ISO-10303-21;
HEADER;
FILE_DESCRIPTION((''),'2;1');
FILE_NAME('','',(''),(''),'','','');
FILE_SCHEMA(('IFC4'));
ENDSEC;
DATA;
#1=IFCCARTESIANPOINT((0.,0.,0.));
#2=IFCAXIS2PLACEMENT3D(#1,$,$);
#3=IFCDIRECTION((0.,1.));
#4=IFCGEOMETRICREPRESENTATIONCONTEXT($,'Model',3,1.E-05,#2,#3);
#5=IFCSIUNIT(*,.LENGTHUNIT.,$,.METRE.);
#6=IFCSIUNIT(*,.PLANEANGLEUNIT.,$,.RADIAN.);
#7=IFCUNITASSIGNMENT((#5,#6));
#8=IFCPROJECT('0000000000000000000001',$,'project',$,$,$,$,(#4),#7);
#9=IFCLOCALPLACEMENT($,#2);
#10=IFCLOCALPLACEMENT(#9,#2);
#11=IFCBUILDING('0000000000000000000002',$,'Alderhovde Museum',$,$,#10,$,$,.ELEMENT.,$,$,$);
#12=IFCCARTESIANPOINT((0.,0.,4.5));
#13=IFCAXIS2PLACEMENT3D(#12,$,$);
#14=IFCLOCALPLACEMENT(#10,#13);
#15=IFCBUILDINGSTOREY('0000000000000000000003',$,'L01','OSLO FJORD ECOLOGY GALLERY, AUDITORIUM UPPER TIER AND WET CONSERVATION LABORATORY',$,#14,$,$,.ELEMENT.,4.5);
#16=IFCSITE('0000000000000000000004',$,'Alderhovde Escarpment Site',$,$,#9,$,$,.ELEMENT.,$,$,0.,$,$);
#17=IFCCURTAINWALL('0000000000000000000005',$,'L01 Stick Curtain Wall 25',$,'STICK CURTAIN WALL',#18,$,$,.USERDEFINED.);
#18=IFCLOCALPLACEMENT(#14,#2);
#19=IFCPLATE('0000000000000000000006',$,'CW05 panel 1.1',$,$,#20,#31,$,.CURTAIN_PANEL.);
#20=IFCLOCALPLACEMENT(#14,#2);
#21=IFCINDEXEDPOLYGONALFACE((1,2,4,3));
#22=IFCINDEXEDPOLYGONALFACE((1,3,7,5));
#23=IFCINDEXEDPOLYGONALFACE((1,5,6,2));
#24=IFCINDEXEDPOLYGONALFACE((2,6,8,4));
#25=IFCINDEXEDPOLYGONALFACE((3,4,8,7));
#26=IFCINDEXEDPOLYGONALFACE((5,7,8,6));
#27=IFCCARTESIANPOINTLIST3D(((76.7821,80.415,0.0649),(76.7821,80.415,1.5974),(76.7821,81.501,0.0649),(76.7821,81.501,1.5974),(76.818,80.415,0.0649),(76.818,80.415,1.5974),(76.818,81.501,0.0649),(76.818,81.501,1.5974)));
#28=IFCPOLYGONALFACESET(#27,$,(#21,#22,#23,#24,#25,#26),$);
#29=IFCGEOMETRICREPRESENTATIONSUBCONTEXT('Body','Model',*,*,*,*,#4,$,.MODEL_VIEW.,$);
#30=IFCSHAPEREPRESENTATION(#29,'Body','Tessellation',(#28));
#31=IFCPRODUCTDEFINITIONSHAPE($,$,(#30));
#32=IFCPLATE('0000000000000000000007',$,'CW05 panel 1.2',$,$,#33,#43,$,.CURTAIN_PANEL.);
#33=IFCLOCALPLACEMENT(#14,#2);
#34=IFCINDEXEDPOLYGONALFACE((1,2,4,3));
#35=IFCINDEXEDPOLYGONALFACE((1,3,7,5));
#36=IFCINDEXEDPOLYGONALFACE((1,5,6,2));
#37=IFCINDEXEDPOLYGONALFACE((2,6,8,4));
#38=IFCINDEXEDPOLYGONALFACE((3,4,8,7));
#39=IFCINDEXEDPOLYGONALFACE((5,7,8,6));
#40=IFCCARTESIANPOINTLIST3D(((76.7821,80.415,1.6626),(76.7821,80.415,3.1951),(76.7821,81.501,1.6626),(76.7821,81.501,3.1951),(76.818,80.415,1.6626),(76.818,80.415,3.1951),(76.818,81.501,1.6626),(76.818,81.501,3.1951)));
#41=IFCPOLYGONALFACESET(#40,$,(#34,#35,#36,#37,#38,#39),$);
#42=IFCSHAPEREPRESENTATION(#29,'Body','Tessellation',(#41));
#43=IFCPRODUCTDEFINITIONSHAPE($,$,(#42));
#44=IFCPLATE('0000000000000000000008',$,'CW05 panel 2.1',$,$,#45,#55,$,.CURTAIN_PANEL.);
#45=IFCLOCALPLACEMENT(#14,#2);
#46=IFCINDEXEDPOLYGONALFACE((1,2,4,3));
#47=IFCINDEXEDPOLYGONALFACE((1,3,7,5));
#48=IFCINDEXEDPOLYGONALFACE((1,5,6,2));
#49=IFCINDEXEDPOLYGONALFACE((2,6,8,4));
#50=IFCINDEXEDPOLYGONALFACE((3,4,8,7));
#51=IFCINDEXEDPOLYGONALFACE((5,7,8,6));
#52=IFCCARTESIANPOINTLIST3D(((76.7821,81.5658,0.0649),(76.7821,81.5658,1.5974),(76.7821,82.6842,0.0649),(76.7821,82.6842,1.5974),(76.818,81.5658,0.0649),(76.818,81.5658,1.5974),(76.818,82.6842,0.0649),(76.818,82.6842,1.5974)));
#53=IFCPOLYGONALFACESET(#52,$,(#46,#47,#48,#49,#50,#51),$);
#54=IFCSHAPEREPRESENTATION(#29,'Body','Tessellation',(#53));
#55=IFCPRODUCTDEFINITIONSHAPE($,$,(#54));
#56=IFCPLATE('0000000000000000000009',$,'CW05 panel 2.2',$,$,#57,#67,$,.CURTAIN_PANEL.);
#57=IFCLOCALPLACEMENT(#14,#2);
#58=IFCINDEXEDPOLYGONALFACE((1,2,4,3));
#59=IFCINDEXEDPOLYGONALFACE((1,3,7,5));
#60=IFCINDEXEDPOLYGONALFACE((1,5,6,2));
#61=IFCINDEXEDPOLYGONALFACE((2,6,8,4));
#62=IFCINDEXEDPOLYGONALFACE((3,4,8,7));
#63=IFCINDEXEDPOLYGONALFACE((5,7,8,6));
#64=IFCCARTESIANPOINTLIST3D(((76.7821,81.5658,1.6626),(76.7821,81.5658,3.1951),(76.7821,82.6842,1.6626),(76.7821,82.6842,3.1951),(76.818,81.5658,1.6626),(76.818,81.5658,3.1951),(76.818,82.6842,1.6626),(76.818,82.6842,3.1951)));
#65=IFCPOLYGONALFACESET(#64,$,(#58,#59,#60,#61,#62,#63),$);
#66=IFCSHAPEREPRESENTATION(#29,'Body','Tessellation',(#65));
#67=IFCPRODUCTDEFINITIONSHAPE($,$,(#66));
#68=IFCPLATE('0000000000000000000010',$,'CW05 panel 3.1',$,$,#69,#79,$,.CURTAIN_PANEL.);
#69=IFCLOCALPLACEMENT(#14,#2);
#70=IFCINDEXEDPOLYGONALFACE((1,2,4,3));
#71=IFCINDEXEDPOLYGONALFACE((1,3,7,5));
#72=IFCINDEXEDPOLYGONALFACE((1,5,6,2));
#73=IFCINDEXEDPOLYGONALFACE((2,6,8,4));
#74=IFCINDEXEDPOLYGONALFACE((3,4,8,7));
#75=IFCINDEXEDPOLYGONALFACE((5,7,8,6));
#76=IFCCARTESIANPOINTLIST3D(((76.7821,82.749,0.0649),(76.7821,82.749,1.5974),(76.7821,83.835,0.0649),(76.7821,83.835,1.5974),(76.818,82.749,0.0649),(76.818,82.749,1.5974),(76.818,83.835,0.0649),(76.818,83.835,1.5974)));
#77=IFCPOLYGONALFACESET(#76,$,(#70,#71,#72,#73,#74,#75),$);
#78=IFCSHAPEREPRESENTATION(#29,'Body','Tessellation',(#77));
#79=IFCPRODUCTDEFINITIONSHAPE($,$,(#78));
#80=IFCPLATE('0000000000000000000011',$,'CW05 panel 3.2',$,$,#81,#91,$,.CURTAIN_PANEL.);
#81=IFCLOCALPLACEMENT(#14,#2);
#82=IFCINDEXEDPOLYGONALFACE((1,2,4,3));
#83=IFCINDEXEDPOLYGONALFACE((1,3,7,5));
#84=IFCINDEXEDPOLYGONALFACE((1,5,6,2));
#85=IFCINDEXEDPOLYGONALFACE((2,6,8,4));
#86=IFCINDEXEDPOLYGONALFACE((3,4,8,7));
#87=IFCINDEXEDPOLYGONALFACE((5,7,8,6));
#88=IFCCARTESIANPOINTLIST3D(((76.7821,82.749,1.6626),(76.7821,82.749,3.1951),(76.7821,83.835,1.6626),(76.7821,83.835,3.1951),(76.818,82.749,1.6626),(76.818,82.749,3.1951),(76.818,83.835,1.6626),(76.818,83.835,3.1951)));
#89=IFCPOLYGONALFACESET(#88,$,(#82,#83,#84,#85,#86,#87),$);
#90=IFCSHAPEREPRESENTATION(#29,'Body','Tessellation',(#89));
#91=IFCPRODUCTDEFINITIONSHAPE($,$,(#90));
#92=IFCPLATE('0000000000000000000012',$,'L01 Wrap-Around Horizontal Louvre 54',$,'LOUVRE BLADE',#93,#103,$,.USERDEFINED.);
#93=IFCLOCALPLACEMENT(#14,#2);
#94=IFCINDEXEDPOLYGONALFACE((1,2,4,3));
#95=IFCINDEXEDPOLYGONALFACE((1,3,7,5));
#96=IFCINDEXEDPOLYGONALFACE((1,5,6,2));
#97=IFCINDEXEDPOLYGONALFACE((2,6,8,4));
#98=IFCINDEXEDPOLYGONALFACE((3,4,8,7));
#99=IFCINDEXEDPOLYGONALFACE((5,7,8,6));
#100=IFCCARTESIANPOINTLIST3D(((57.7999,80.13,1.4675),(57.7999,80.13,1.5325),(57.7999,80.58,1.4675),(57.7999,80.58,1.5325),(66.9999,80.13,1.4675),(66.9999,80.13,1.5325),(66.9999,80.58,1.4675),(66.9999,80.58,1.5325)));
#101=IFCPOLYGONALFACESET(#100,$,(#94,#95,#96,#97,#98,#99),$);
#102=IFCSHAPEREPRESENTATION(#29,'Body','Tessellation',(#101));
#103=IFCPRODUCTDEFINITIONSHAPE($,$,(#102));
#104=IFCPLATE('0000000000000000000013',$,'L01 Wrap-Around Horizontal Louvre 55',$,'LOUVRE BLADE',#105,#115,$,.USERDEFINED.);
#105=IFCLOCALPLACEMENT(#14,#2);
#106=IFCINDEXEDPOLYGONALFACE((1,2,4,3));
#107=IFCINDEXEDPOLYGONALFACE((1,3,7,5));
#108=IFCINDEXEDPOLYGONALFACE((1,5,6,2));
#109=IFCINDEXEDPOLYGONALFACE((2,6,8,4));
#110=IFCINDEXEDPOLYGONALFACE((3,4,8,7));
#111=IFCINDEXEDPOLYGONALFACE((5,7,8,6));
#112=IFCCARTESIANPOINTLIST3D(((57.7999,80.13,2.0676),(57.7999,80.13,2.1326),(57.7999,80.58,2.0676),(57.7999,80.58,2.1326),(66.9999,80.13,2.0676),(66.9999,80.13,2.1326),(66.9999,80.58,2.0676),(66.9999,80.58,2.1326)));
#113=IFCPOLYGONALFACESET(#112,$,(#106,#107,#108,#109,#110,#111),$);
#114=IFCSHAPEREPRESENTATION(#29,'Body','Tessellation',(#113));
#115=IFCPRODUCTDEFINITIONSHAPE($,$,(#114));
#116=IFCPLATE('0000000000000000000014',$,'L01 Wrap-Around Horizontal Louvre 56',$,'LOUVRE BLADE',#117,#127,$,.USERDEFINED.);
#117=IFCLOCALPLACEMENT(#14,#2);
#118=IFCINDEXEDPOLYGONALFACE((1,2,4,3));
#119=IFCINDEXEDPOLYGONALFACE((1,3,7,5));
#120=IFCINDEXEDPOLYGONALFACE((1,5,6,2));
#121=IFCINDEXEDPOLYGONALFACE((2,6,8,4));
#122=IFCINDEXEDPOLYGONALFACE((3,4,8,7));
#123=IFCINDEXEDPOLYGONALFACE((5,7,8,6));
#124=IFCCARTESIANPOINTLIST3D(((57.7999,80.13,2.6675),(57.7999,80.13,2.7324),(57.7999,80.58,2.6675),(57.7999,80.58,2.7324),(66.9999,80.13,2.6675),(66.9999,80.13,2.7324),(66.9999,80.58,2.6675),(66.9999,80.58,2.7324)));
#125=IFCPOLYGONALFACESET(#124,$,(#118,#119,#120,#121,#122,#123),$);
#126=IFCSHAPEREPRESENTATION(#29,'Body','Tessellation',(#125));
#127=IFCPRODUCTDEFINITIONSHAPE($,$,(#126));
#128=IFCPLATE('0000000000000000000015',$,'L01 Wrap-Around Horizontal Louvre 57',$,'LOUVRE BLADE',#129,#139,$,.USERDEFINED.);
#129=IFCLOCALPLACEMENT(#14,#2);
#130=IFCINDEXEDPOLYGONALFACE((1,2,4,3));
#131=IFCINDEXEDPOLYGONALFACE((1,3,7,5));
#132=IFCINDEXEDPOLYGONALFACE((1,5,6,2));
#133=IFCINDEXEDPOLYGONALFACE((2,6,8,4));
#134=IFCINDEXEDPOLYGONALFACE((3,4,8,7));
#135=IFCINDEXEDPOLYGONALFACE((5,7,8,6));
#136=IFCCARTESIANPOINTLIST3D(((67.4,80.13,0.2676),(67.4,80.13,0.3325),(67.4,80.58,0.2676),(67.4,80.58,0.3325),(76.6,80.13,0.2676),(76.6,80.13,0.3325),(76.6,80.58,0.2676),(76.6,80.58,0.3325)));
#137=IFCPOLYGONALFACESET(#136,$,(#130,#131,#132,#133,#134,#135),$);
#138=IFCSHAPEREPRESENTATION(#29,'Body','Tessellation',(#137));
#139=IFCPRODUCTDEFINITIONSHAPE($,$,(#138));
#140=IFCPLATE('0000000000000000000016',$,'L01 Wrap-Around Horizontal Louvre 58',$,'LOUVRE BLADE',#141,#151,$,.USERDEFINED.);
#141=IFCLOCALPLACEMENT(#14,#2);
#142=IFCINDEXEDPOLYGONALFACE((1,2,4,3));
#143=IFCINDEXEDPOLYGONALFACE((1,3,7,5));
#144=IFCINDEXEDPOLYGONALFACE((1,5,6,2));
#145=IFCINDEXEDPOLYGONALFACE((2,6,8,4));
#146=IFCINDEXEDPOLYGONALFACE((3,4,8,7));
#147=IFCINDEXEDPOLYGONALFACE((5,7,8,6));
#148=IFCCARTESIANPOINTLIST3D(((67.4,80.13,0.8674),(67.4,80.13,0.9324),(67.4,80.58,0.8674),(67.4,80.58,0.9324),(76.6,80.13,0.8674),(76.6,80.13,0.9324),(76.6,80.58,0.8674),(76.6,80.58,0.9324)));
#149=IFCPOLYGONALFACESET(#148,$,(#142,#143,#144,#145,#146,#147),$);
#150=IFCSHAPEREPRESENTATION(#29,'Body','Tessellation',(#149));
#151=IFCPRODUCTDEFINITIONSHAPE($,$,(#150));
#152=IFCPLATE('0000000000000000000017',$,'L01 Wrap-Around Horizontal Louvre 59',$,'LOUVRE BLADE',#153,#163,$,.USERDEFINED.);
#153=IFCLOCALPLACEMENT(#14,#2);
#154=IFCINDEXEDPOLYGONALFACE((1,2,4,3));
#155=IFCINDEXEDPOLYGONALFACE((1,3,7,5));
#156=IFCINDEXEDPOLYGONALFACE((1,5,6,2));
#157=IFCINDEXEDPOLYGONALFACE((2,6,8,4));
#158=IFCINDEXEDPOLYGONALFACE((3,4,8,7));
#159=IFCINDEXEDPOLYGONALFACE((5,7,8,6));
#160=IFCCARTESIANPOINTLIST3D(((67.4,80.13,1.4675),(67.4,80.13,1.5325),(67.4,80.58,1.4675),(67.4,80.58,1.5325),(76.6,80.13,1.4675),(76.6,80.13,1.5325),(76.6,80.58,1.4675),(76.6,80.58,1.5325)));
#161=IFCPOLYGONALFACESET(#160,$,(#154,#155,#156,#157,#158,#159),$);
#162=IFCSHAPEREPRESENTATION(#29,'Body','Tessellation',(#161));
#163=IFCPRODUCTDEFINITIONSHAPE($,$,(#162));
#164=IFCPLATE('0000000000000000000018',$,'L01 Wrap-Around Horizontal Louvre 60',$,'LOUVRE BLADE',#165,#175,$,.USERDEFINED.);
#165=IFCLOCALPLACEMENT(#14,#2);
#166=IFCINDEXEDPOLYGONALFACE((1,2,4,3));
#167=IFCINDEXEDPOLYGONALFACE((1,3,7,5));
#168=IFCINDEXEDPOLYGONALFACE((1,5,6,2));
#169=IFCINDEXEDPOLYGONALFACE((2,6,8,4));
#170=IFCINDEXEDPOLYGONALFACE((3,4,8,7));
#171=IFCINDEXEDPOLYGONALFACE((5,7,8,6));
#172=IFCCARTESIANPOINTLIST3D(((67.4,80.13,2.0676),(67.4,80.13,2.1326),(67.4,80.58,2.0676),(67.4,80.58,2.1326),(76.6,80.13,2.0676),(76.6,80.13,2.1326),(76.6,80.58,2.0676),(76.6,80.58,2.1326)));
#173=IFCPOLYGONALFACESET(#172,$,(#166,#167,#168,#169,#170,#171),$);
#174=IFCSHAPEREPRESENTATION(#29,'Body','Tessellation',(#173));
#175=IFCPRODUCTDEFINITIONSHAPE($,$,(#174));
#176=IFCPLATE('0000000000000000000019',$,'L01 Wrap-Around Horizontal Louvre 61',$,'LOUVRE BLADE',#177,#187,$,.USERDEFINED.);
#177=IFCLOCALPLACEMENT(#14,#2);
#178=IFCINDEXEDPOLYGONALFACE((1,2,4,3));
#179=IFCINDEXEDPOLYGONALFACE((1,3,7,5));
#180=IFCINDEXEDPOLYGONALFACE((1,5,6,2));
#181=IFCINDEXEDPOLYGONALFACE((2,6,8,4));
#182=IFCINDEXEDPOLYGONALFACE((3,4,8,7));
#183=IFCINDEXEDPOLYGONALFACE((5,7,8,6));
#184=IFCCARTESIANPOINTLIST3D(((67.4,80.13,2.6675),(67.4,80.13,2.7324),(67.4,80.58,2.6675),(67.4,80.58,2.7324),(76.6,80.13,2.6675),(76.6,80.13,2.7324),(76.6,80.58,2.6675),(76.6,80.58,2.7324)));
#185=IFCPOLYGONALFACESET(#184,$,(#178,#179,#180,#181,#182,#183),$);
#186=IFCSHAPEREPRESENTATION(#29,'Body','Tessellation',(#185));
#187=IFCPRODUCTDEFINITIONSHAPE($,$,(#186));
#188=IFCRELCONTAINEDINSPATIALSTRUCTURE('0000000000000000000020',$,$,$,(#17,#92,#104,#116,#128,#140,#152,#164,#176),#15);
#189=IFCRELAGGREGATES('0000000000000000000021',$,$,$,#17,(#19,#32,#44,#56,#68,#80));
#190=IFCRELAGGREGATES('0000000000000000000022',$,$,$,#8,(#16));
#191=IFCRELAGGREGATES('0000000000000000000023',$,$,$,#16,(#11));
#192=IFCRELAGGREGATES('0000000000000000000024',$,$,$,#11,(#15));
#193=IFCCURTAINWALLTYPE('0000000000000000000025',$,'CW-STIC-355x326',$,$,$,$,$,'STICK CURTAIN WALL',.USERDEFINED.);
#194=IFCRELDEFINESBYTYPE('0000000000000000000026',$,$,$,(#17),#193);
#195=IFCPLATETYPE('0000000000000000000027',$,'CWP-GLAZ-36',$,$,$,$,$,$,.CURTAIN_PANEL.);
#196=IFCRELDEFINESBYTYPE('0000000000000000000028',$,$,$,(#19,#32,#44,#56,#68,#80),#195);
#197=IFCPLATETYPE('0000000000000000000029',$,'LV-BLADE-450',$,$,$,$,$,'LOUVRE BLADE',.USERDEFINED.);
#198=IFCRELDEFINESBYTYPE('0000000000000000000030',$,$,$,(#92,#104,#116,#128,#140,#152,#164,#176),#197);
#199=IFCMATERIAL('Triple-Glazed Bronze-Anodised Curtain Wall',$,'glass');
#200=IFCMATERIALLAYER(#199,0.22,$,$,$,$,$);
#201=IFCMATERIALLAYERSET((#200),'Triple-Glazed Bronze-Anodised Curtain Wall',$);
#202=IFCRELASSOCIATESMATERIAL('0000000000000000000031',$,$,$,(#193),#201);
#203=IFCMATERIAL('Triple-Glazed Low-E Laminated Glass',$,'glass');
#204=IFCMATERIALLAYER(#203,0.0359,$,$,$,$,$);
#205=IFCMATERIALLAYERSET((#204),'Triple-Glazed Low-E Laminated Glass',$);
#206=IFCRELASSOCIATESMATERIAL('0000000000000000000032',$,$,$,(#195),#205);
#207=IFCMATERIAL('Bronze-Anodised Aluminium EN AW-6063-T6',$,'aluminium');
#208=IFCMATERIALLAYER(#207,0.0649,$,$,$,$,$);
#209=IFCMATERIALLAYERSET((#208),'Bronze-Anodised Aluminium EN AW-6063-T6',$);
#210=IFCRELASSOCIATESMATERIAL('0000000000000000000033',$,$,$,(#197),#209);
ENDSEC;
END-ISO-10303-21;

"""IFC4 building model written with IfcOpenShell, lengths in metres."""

from ifc_helpers import new_model, si_unit, direction, frame, origin, origin_2d, place, context, subcontext, project, spatial, rectangle, extrude, material, layer, layer_set, type_object, element, aggregate, save


model = new_model("IFC4")

# Units and contexts
model_context = context("Model", 3, precision=1e-05, world=origin(), true_north=direction((0.0, 1.0)))
body_context = subcontext(model_context, "Body", "Model", "MODEL_VIEW")
ifc_project = project(units=[si_unit("LENGTHUNIT", "METRE"), si_unit("PLANEANGLEUNIT", "RADIAN")], contexts=[model_context])

# Site, building, storey
site_placement = place(None, origin())
site = spatial("IfcSite", under=ifc_project, at=site_placement, Name="Alderhovde Escarpment Site", CompositionType="ELEMENT", RefElevation=0.0)
building_placement = place(site_placement, origin())
building = spatial("IfcBuilding", under=site, at=building_placement, Name="Alderhovde Museum", CompositionType="ELEMENT")
storey_placement = place(building_placement, frame((0.0, 0.0, 4.5)))
storey = spatial("IfcBuildingStorey", under=building, at=storey_placement, Name="L01", Description="OSLO FJORD ECOLOGY GALLERY, AUDITORIUM UPPER TIER AND WET CONSERVATION LABORATORY", CompositionType="ELEMENT", Elevation=4.5)

# Curtain wall
ifc_material_1 = material(Name="Triple-Glazed Bronze-Anodised Curtain Wall", Category="glass")
ifc_layer_1 = layer(ifc_material_1, 0.22)
ifc_layer_set_1 = layer_set([ifc_layer_1], Name="Triple-Glazed Bronze-Anodised Curtain Wall")
curtain_wall_type = type_object("IfcCurtainWallType", Name="CW-STIC-355x326", ElementType="STICK CURTAIN WALL", PredefinedType="USERDEFINED", material=ifc_layer_set_1)
curtain_wall_1_placement = place(storey_placement, origin())
curtain_wall_1 = element("IfcCurtainWall", 1, at=curtain_wall_1_placement, inside=storey, type_object=curtain_wall_type, Name="L01 Stick Curtain Wall 25", ObjectType="STICK CURTAIN WALL", PredefinedType="USERDEFINED")

# Plates
ifc_material_2 = material(Name="Triple-Glazed Low-E Laminated Glass", Category="glass")
ifc_layer_2 = layer(ifc_material_2, 0.0359)
ifc_layer_set_2 = layer_set([ifc_layer_2], Name="Triple-Glazed Low-E Laminated Glass")
plate_type_1 = type_object("IfcPlateType", Name="CWP-GLAZ-36", PredefinedType="CURTAIN_PANEL", material=ifc_layer_set_2)
plate_1_placement = place(storey_placement, frame((76.8, 80.958, 0.0649), z_axis=(0.0, 0.0, 1.0), x_axis=(0.0, 1.0, 0.0)))
plate_1 = element("IfcPlate", 2, at=plate_1_placement, type_object=plate_type_1, Name="CW05 panel 1.1", PredefinedType="CURTAIN_PANEL", context=body_context, shape_type="SweptSolid", body=[
    extrude(rectangle(XDim=1.0859, YDim=0.0359, at=origin_2d()), origin(), (0.0, 0.0, 1.0), 1.5325),
])
plate_2_placement = place(storey_placement, frame((76.8, 80.958, 1.6626), z_axis=(0.0, 0.0, 1.0), x_axis=(0.0, 1.0, 0.0)))
plate_2 = element("IfcPlate", 3, at=plate_2_placement, type_object=plate_type_1, Name="CW05 panel 1.2", PredefinedType="CURTAIN_PANEL", context=body_context, shape_type="SweptSolid", body=[
    extrude(rectangle(XDim=1.0859, YDim=0.0359, at=origin_2d()), origin(), (0.0, 0.0, 1.0), 1.5325),
])
plate_3_placement = place(storey_placement, frame((76.8, 82.125, 0.0649), z_axis=(0.0, 0.0, 1.0), x_axis=(0.0, 1.0, 0.0)))
plate_3 = element("IfcPlate", 4, at=plate_3_placement, type_object=plate_type_1, Name="CW05 panel 2.1", PredefinedType="CURTAIN_PANEL", context=body_context, shape_type="SweptSolid", body=[
    extrude(rectangle(XDim=1.1184, YDim=0.0359, at=origin_2d()), origin(), (0.0, 0.0, 1.0), 1.5325),
])
plate_4_placement = place(storey_placement, frame((76.8, 82.125, 1.6626), z_axis=(0.0, 0.0, 1.0), x_axis=(0.0, 1.0, 0.0)))
plate_4 = element("IfcPlate", 5, at=plate_4_placement, type_object=plate_type_1, Name="CW05 panel 2.2", PredefinedType="CURTAIN_PANEL", context=body_context, shape_type="SweptSolid", body=[
    extrude(rectangle(XDim=1.1184, YDim=0.0359, at=origin_2d()), origin(), (0.0, 0.0, 1.0), 1.5325),
])
plate_5_placement = place(storey_placement, frame((76.8, 83.292, 0.0649), z_axis=(0.0, 0.0, 1.0), x_axis=(0.0, 1.0, 0.0)))
plate_5 = element("IfcPlate", 6, at=plate_5_placement, type_object=plate_type_1, Name="CW05 panel 3.1", PredefinedType="CURTAIN_PANEL", context=body_context, shape_type="SweptSolid", body=[
    extrude(rectangle(XDim=1.0859, YDim=0.0359, at=origin_2d()), origin(), (0.0, 0.0, 1.0), 1.5325),
])
plate_6_placement = place(storey_placement, frame((76.8, 83.292, 1.6626), z_axis=(0.0, 0.0, 1.0), x_axis=(0.0, 1.0, 0.0)))
plate_6 = element("IfcPlate", 7, at=plate_6_placement, type_object=plate_type_1, Name="CW05 panel 3.2", PredefinedType="CURTAIN_PANEL", context=body_context, shape_type="SweptSolid", body=[
    extrude(rectangle(XDim=1.0859, YDim=0.0359, at=origin_2d()), origin(), (0.0, 0.0, 1.0), 1.5325),
])
aggregate(curtain_wall_1, [plate_1, plate_2, plate_3, plate_4, plate_5, plate_6])

# Plates
ifc_material_3 = material(Name="Bronze-Anodised Aluminium EN AW-6063-T6", Category="aluminium")
ifc_layer_3 = layer(ifc_material_3, 0.0649)
ifc_layer_set_3 = layer_set([ifc_layer_3], Name="Bronze-Anodised Aluminium EN AW-6063-T6")
plate_type_2 = type_object("IfcPlateType", Name="LV-BLADE-450", ElementType="LOUVRE BLADE", PredefinedType="USERDEFINED", material=ifc_layer_set_3)
for number, where, z_axis, x_axis, name in (
    (8, (62.3999, 80.355, 1.4675), (0.0, 0.0, 1.0), (1.0, 0.0, 0.0), "L01 Wrap-Around Horizontal Louvre 54"),
    (9, (62.3999, 80.355, 2.0676), (0.0, 0.0, 1.0), (1.0, 0.0, 0.0), "L01 Wrap-Around Horizontal Louvre 55"),
    (10, (62.3999, 80.355, 2.6675), (0.0, 0.0, 1.0), (1.0, 0.0, 0.0), "L01 Wrap-Around Horizontal Louvre 56"),
    (11, (72.0, 80.355, 0.2676), (0.0, 0.0, 1.0), (1.0, 0.0, 0.0), "L01 Wrap-Around Horizontal Louvre 57"),
    (12, (72.0, 80.355, 0.8674), (0.0, 0.0, 1.0), (1.0, 0.0, 0.0), "L01 Wrap-Around Horizontal Louvre 58"),
    (13, (72.0, 80.355, 1.4675), (0.0, 0.0, 1.0), (1.0, 0.0, 0.0), "L01 Wrap-Around Horizontal Louvre 59"),
    (14, (72.0, 80.355, 2.0676), (0.0, 0.0, 1.0), (1.0, 0.0, 0.0), "L01 Wrap-Around Horizontal Louvre 60"),
    (15, (72.0, 80.355, 2.6675), (0.0, 0.0, 1.0), (1.0, 0.0, 0.0), "L01 Wrap-Around Horizontal Louvre 61"),
):
    element("IfcPlate", number, at=place(storey_placement, frame(where, z_axis=z_axis, x_axis=x_axis)), inside=storey, type_object=plate_type_2, Name=name, ObjectType="LOUVRE BLADE", PredefinedType="USERDEFINED", context=body_context, shape_type="SweptSolid", body=[
        extrude(rectangle(XDim=9.2, YDim=0.45, at=origin_2d()), origin(), (0.0, 0.0, 1.0), 0.0649),
    ])

save(model, "model.ifc")
